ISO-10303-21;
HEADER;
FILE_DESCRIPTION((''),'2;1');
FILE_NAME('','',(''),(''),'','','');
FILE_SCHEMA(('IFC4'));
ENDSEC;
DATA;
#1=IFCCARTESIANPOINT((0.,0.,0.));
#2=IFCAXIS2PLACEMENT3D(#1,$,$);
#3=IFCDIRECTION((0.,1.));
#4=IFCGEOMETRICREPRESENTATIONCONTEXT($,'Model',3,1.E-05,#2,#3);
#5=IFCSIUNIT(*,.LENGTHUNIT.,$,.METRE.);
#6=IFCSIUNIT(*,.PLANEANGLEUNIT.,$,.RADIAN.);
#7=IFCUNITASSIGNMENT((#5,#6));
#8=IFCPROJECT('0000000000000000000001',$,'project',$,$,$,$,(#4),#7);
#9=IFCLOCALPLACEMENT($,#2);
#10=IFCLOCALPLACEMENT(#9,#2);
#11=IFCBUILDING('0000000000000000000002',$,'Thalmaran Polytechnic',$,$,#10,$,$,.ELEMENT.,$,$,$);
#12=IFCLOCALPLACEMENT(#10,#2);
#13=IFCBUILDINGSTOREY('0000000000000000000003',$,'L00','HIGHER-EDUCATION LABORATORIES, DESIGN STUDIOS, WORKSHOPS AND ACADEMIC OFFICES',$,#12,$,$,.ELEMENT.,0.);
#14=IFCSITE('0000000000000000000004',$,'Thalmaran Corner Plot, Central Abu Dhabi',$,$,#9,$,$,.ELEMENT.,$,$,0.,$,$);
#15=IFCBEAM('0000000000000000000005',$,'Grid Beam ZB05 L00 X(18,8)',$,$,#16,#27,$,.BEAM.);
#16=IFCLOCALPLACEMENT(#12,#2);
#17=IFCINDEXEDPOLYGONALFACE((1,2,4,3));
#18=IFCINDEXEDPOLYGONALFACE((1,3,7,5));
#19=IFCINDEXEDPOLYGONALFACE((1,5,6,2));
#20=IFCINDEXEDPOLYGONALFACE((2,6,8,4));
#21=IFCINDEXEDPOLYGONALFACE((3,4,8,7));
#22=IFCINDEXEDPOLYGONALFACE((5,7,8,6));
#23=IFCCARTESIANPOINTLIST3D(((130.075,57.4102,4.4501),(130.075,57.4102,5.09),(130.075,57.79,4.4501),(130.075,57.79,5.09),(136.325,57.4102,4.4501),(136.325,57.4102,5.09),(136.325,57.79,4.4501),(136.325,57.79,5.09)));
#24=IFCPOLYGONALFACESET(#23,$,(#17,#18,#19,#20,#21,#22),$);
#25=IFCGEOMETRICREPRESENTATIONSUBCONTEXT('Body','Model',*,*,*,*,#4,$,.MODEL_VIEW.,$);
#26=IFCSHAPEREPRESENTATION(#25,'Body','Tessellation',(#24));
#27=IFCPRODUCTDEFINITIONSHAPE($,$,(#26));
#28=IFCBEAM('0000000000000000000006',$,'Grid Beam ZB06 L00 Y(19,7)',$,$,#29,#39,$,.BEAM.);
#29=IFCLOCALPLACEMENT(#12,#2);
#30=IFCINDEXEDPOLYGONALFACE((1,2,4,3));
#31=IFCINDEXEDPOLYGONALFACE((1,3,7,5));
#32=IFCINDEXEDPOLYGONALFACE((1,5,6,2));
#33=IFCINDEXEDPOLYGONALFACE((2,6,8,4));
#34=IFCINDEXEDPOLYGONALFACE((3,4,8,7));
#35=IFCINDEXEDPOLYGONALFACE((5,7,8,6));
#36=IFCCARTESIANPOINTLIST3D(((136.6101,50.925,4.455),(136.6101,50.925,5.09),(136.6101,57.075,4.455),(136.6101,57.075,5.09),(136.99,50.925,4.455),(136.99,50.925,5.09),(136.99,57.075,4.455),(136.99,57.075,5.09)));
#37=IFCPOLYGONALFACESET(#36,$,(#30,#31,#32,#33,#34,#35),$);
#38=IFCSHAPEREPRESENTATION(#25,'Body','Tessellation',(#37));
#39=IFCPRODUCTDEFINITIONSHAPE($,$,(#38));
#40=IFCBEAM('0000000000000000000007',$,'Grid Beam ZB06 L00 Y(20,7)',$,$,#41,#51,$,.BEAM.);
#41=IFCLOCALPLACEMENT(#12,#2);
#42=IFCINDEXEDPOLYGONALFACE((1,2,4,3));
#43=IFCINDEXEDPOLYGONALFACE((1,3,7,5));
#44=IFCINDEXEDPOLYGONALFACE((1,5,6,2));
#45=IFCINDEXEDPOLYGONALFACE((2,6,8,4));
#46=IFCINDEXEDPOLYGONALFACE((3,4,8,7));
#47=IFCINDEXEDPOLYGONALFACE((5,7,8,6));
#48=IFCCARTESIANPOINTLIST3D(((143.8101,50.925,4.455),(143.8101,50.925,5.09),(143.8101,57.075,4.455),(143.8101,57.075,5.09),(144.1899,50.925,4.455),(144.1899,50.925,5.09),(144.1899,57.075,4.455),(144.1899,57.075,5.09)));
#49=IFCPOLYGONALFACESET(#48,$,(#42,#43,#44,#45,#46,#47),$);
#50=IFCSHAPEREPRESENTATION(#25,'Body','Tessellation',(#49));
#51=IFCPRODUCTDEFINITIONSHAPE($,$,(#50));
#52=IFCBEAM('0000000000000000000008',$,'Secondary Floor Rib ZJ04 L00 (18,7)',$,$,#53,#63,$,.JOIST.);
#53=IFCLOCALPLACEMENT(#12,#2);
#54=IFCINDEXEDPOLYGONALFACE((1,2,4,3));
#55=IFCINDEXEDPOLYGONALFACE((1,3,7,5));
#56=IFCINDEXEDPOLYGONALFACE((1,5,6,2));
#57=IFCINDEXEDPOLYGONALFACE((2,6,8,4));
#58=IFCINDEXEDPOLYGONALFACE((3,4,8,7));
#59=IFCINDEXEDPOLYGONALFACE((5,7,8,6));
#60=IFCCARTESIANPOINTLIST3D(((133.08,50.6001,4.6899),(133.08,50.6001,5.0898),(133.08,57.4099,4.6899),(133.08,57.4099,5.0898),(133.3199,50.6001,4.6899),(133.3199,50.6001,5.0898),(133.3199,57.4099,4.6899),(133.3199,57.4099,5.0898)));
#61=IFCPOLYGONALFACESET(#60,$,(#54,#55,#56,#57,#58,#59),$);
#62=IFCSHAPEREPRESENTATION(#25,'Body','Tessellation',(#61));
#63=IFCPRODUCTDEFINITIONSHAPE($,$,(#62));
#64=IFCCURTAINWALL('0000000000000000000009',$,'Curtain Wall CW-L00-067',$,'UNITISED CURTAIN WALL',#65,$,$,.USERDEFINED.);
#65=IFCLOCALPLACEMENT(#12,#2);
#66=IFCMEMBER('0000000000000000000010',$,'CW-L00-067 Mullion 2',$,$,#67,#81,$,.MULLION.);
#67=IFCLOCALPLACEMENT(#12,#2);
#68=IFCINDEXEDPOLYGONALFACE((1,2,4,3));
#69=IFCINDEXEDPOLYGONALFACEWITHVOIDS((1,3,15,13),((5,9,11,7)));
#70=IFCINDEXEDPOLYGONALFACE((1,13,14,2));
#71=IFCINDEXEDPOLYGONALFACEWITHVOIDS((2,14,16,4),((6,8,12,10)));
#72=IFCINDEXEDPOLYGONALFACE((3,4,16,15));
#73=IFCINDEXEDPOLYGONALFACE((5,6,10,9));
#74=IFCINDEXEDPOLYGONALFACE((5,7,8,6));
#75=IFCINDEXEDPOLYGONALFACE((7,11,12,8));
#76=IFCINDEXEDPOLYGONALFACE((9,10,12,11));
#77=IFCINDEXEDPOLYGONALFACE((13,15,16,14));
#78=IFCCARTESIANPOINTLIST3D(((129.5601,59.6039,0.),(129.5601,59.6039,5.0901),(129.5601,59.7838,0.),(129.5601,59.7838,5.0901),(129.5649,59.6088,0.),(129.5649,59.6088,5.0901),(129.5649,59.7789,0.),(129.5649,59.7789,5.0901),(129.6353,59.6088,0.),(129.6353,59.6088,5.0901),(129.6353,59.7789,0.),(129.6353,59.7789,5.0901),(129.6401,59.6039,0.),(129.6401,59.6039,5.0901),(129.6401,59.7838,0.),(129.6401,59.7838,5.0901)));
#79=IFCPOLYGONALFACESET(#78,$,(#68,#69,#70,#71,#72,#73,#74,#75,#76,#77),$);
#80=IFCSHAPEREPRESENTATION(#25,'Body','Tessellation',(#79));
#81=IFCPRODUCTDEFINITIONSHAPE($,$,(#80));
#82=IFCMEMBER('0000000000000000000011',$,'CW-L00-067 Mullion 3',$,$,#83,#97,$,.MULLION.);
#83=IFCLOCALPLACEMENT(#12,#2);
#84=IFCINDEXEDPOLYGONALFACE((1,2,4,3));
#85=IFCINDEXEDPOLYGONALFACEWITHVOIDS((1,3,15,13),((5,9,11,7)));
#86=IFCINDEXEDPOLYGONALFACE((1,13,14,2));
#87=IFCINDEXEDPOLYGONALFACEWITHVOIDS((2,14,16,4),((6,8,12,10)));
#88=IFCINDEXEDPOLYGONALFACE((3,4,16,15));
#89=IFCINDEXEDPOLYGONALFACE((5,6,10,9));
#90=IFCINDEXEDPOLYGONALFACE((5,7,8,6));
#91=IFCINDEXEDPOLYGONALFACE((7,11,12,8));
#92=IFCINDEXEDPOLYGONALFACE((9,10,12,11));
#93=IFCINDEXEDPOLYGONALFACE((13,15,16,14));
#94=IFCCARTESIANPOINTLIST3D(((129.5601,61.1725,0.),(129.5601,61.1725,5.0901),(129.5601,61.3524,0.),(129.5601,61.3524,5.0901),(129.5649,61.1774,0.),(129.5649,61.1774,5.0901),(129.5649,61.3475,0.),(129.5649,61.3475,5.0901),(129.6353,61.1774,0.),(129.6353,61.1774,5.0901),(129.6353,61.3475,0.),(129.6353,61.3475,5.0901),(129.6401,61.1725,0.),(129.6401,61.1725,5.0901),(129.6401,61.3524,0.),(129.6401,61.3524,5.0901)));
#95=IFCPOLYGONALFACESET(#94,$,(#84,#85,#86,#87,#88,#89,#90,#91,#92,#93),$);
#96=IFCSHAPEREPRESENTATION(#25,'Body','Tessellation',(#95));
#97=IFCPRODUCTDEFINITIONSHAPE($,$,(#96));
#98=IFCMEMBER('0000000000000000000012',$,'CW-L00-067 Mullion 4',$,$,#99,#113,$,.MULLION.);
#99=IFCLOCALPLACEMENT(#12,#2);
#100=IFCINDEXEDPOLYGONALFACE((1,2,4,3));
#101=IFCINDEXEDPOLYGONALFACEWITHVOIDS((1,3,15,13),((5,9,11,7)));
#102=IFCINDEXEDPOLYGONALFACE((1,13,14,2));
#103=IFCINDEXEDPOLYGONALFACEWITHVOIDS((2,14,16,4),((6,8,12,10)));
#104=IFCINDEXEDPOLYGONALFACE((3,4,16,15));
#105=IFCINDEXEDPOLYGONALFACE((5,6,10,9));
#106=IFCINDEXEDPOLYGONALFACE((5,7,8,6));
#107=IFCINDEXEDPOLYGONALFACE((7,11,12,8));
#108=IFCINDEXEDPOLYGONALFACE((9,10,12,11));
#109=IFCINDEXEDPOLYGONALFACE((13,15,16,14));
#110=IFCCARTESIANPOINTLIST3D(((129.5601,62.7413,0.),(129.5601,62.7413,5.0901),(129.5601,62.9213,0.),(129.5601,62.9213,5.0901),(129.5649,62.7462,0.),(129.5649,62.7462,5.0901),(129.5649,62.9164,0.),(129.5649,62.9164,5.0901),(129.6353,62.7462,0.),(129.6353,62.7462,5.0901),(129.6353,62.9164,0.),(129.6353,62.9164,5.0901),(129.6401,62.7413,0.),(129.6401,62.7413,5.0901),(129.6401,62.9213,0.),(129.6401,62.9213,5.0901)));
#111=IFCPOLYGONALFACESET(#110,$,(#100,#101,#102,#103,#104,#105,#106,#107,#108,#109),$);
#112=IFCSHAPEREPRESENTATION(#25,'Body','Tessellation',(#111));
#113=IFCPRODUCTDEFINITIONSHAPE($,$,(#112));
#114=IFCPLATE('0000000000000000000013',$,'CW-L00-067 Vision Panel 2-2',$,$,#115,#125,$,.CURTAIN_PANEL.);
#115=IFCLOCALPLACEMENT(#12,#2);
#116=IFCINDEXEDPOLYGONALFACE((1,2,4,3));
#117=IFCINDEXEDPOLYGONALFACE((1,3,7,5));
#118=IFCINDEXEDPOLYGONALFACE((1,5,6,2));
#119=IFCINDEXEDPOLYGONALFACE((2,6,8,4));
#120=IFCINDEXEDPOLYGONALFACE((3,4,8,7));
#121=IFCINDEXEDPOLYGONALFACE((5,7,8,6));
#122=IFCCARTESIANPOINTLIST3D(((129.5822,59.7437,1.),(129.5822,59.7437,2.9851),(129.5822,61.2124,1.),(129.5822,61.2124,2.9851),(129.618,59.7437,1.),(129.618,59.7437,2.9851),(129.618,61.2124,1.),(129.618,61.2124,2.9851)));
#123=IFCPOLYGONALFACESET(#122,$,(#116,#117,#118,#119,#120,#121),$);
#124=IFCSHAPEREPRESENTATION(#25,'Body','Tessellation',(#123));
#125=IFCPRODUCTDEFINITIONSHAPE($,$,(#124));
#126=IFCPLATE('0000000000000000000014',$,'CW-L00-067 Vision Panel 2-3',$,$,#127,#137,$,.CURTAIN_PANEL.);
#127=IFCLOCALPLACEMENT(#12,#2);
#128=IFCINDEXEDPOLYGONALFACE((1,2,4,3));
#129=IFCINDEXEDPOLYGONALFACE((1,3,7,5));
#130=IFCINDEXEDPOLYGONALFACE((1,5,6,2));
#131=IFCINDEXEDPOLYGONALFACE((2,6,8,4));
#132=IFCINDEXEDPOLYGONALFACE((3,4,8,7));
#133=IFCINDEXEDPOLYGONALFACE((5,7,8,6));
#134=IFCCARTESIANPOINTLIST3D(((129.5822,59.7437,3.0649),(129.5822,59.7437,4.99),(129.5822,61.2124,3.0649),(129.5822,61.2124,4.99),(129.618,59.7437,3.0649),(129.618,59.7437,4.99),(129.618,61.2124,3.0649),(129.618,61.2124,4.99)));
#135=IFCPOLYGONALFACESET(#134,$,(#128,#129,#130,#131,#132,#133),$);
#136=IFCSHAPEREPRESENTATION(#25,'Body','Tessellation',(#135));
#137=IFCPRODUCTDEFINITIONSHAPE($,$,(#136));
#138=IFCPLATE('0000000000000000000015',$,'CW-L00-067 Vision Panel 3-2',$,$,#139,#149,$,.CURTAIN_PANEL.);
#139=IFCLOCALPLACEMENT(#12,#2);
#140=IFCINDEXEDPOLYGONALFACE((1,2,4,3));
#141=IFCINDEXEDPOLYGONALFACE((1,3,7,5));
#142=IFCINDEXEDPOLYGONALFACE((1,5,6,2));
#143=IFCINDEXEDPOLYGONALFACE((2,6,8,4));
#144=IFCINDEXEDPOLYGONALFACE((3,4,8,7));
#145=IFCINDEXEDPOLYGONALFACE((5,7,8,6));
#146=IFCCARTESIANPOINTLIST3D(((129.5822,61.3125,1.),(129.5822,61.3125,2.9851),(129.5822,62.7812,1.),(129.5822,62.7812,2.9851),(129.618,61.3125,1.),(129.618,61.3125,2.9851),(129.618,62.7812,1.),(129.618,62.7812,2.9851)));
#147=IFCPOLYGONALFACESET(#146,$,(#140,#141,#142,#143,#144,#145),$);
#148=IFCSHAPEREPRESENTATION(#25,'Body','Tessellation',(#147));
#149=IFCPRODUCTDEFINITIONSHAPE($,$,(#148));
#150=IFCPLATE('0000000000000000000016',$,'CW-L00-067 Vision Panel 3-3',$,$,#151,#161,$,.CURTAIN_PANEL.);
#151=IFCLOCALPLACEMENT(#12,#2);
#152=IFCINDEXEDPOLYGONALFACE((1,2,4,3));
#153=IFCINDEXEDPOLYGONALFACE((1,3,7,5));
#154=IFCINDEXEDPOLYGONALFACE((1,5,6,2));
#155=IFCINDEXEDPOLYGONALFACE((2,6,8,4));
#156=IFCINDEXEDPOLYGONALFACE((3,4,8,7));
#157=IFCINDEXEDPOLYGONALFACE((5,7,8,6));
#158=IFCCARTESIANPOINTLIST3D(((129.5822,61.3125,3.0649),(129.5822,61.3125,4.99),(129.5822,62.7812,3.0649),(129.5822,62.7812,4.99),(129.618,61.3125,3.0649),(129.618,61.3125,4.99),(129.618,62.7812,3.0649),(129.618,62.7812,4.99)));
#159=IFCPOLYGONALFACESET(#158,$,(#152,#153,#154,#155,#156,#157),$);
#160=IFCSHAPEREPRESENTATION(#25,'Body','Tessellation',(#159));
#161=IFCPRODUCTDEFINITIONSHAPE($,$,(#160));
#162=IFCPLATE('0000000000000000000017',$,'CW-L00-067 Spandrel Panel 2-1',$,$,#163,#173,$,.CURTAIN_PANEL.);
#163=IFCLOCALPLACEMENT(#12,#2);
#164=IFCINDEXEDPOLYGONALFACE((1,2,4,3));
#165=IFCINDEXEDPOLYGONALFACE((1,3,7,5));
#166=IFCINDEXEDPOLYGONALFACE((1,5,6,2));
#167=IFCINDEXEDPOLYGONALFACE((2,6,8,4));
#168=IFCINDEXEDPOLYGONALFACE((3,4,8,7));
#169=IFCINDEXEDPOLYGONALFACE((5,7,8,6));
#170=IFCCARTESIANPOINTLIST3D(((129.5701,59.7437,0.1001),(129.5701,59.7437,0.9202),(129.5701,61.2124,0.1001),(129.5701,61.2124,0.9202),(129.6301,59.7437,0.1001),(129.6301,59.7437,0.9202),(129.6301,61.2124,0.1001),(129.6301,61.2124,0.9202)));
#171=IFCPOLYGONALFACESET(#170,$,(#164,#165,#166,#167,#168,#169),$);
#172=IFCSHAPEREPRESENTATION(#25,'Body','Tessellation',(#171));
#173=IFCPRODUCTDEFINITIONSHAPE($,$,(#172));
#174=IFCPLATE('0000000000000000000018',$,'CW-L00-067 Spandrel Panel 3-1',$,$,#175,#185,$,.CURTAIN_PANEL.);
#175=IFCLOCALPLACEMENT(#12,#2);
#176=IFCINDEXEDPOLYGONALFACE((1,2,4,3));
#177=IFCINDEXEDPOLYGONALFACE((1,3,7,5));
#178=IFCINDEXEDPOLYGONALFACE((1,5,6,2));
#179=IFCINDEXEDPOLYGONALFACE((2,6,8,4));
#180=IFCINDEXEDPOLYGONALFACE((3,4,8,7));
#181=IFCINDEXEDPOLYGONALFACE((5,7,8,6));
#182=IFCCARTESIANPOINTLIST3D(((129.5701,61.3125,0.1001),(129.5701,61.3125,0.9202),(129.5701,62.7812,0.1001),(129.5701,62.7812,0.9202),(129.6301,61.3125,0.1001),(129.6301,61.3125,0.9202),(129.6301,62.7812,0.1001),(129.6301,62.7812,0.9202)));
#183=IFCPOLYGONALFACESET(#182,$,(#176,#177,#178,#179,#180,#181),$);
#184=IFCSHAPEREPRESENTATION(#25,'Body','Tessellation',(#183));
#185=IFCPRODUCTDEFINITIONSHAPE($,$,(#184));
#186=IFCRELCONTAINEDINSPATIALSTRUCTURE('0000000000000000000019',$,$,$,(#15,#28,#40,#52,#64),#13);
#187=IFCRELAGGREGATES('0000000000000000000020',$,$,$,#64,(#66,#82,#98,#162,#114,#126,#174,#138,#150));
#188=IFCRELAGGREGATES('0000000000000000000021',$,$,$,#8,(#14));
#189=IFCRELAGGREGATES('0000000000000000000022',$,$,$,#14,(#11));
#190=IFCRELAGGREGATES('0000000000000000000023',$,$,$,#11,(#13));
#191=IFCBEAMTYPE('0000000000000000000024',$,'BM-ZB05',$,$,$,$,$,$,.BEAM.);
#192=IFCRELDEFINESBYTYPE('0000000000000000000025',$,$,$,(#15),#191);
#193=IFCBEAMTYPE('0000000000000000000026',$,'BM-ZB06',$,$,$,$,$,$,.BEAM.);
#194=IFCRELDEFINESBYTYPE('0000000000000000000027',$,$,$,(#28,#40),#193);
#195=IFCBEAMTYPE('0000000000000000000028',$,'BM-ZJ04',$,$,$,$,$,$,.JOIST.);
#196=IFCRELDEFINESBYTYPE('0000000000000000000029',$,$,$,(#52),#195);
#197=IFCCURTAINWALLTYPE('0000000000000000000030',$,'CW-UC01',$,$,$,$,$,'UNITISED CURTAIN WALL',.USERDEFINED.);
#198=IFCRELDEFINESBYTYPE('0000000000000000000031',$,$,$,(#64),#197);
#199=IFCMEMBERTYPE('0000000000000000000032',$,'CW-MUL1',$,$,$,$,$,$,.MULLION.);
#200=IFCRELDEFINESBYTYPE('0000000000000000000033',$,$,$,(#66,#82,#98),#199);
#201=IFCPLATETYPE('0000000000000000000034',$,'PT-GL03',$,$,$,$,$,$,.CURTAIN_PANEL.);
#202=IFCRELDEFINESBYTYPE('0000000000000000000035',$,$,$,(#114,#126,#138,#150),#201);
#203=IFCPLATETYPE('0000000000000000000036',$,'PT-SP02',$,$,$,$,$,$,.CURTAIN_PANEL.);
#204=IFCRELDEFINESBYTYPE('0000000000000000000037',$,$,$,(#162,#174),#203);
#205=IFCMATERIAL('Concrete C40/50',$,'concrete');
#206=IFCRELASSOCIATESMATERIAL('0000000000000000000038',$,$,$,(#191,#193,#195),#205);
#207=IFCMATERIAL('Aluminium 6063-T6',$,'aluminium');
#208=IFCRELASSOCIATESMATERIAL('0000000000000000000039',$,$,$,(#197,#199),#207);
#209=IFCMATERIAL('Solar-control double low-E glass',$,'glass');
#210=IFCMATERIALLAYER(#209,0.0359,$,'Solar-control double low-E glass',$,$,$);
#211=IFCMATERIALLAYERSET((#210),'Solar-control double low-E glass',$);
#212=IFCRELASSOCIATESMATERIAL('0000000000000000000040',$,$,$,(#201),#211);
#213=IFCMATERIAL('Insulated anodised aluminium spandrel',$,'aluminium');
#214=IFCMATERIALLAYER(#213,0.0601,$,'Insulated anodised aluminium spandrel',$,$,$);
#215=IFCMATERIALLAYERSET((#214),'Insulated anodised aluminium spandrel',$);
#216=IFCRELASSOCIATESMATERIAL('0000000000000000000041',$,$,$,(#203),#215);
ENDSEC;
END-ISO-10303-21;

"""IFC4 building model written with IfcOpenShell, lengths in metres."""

from ifc_helpers import new_model, si_unit, direction, frame, origin, origin_2d, place, context, subcontext, project, spatial, rectangle, hollow_rectangle, extrude, material, layer, layer_set, material_profile, profile_set, type_object, element, aggregate, save


model = new_model("IFC4")

# Units and contexts
model_context = context("Model", 3, precision=1e-05, world=origin(), true_north=direction((0.0, 1.0)))
body_context = subcontext(model_context, "Body", "Model", "MODEL_VIEW")
ifc_project = project(units=[si_unit("LENGTHUNIT", "METRE"), si_unit("PLANEANGLEUNIT", "RADIAN")], contexts=[model_context])

# Site, building, storey
site_placement = place(None, origin())
site = spatial("IfcSite", under=ifc_project, at=site_placement, Name="Thalmaran Corner Plot, Central Abu Dhabi", CompositionType="ELEMENT", RefElevation=0.0)
building_placement = place(site_placement, origin())
building = spatial("IfcBuilding", under=site, at=building_placement, Name="Thalmaran Polytechnic", CompositionType="ELEMENT")
storey_placement = place(building_placement, origin())
storey = spatial("IfcBuildingStorey", under=building, at=storey_placement, Name="L00", Description="HIGHER-EDUCATION LABORATORIES, DESIGN STUDIOS, WORKSHOPS AND ACADEMIC OFFICES", CompositionType="ELEMENT", Elevation=0.0)

# Beams
ifc_material_1 = material(Name="Concrete C40/50", Category="concrete")
ifc_material_profile_1 = material_profile(ifc_material_1, rectangle(XDim=0.3799, YDim=0.6399, at=origin_2d()), Name="RC 380x640")
ifc_profile_set_1 = profile_set([ifc_material_profile_1], Name="Concrete C40/50")
beam_type_1 = type_object("IfcBeamType", Name="BM-ZB05", PredefinedType="BEAM", material=ifc_profile_set_1)
beam_1_placement = place(storey_placement, frame((130.075, 57.6001, 4.77), z_axis=(1.0, 0.0, 0.0), x_axis=(0.0, 1.0, 0.0)))
element("IfcBeam", 1, at=beam_1_placement, inside=storey, type_object=beam_type_1, Name="Grid Beam ZB05 L00 X(18,8)", PredefinedType="BEAM", context=body_context, shape_type="SweptSolid", body=[
    extrude(rectangle(XDim=0.3799, YDim=0.6399, at=origin_2d()), origin(), (0.0, 0.0, 1.0), 6.25),
])
ifc_material_profile_2 = material_profile(ifc_material_1, rectangle(XDim=0.3799, YDim=0.635, at=origin_2d()), Name="RC 380x635")
ifc_profile_set_2 = profile_set([ifc_material_profile_2], Name="Concrete C40/50")
beam_type_2 = type_object("IfcBeamType", Name="BM-ZB06", PredefinedType="BEAM", material=ifc_profile_set_2)
for number, where, z_axis, x_axis, name in (
    (2, (136.8, 50.925, 4.7725), (0.0, 1.0, 0.0), (-1.0, 0.0, 0.0), "Grid Beam ZB06 L00 Y(19,7)"),
    (3, (144.0, 50.925, 4.7725), (0.0, 1.0, 0.0), (-1.0, 0.0, 0.0), "Grid Beam ZB06 L00 Y(20,7)"),
):
    element("IfcBeam", number, at=place(storey_placement, frame(where, z_axis=z_axis, x_axis=x_axis)), inside=storey, type_object=beam_type_2, Name=name, PredefinedType="BEAM", context=body_context, shape_type="SweptSolid", body=[
        extrude(rectangle(XDim=0.3799, YDim=0.635, at=origin_2d()), origin(), (0.0, 0.0, 1.0), 6.1499),
    ])
ifc_material_profile_3 = material_profile(ifc_material_1, rectangle(XDim=0.24, YDim=0.3999, at=origin_2d()), Name="RC 240x400")
ifc_profile_set_3 = profile_set([ifc_material_profile_3], Name="Concrete C40/50")
beam_type_3 = type_object("IfcBeamType", Name="BM-ZJ04", PredefinedType="JOIST", material=ifc_profile_set_3)
beam_2_placement = place(storey_placement, frame((133.2, 50.6001, 4.8899), z_axis=(0.0, 1.0, 0.0), x_axis=(-1.0, 0.0, 0.0)))
element("IfcBeam", 4, at=beam_2_placement, inside=storey, type_object=beam_type_3, Name="Secondary Floor Rib ZJ04 L00 (18,7)", PredefinedType="JOIST", context=body_context, shape_type="SweptSolid", body=[
    extrude(rectangle(XDim=0.24, YDim=0.3999, at=origin_2d()), origin(), (0.0, 0.0, 1.0), 6.8098),
])

# Curtain wall, members, plates
ifc_material_2 = material(Name="Aluminium 6063-T6", Category="aluminium")
curtain_wall_type = type_object("IfcCurtainWallType", Name="CW-UC01", ElementType="UNITISED CURTAIN WALL", PredefinedType="USERDEFINED", material=ifc_material_2)
curtain_wall_placement = place(storey_placement, origin())
curtain_wall = element("IfcCurtainWall", 5, at=curtain_wall_placement, inside=storey, type_object=curtain_wall_type, Name="Curtain Wall CW-L00-067", ObjectType="UNITISED CURTAIN WALL", PredefinedType="USERDEFINED")
ifc_material_profile_4 = material_profile(ifc_material_2, hollow_rectangle(XDim=0.0801, YDim=0.1799, WallThickness=0.0049, at=origin_2d()), Name="RHS 180x80x5.0")
ifc_profile_set_4 = profile_set([ifc_material_profile_4], Name="Aluminium 6063-T6")
member_type = type_object("IfcMemberType", Name="CW-MUL1", PredefinedType="MULLION", material=ifc_profile_set_4)
member_1_placement = place(storey_placement, frame((129.6001, 59.6938, 0.0), z_axis=(0.0, 0.0, 1.0), x_axis=(1.0, 0.0, 0.0)))
member_1 = element("IfcMember", 6, at=member_1_placement, type_object=member_type, Name="CW-L00-067 Mullion 2", PredefinedType="MULLION", context=body_context, shape_type="SweptSolid", body=[
    extrude(hollow_rectangle(XDim=0.0801, YDim=0.1799, WallThickness=0.0049, at=origin_2d()), origin(), (0.0, 0.0, 1.0), 5.0901),
])
member_2_placement = place(storey_placement, frame((129.6001, 61.2625, 0.0), z_axis=(0.0, 0.0, 1.0), x_axis=(1.0, 0.0, 0.0)))
member_2 = element("IfcMember", 7, at=member_2_placement, type_object=member_type, Name="CW-L00-067 Mullion 3", PredefinedType="MULLION", context=body_context, shape_type="SweptSolid", body=[
    extrude(hollow_rectangle(XDim=0.0801, YDim=0.1799, WallThickness=0.0049, at=origin_2d()), origin(), (0.0, 0.0, 1.0), 5.0901),
])
member_3_placement = place(storey_placement, frame((129.6001, 62.8313, 0.0), z_axis=(0.0, 0.0, 1.0), x_axis=(1.0, 0.0, 0.0)))
member_3 = element("IfcMember", 8, at=member_3_placement, type_object=member_type, Name="CW-L00-067 Mullion 4", PredefinedType="MULLION", context=body_context, shape_type="SweptSolid", body=[
    extrude(hollow_rectangle(XDim=0.0801, YDim=0.1799, WallThickness=0.0049, at=origin_2d()), origin(), (0.0, 0.0, 1.0), 5.0901),
])
ifc_material_3 = material(Name="Solar-control double low-E glass", Category="glass")
ifc_layer_1 = layer(ifc_material_3, 0.0359, Name="Solar-control double low-E glass")
ifc_layer_set_1 = layer_set([ifc_layer_1], Name="Solar-control double low-E glass")
plate_type_1 = type_object("IfcPlateType", Name="PT-GL03", PredefinedType="CURTAIN_PANEL", material=ifc_layer_set_1)
plate_1_placement = place(storey_placement, frame((129.6001, 60.478, 1.0), z_axis=(0.0, 0.0, 1.0), x_axis=(0.0, 1.0, 0.0)))
plate_1 = element("IfcPlate", 9, at=plate_1_placement, type_object=plate_type_1, Name="CW-L00-067 Vision Panel 2-2", PredefinedType="CURTAIN_PANEL", context=body_context, shape_type="SweptSolid", body=[
    extrude(rectangle(XDim=1.4688, YDim=0.0359, at=origin_2d()), origin(), (0.0, 0.0, 1.0), 1.9851),
])
plate_2_placement = place(storey_placement, frame((129.6001, 60.478, 3.0649), z_axis=(0.0, 0.0, 1.0), x_axis=(0.0, 1.0, 0.0)))
plate_2 = element("IfcPlate", 10, at=plate_2_placement, type_object=plate_type_1, Name="CW-L00-067 Vision Panel 2-3", PredefinedType="CURTAIN_PANEL", context=body_context, shape_type="SweptSolid", body=[
    extrude(rectangle(XDim=1.4688, YDim=0.0359, at=origin_2d()), origin(), (0.0, 0.0, 1.0), 1.925),
])
plate_3_placement = place(storey_placement, frame((129.6001, 62.0469, 1.0), z_axis=(0.0, 0.0, 1.0), x_axis=(0.0, 1.0, 0.0)))
plate_3 = element("IfcPlate", 11, at=plate_3_placement, type_object=plate_type_1, Name="CW-L00-067 Vision Panel 3-2", PredefinedType="CURTAIN_PANEL", context=body_context, shape_type="SweptSolid", body=[
    extrude(rectangle(XDim=1.4688, YDim=0.0359, at=origin_2d()), origin(), (0.0, 0.0, 1.0), 1.9851),
])
plate_4_placement = place(storey_placement, frame((129.6001, 62.0469, 3.0649), z_axis=(0.0, 0.0, 1.0), x_axis=(0.0, 1.0, 0.0)))
plate_4 = element("IfcPlate", 12, at=plate_4_placement, type_object=plate_type_1, Name="CW-L00-067 Vision Panel 3-3", PredefinedType="CURTAIN_PANEL", context=body_context, shape_type="SweptSolid", body=[
    extrude(rectangle(XDim=1.4688, YDim=0.0359, at=origin_2d()), origin(), (0.0, 0.0, 1.0), 1.925),
])
ifc_material_4 = material(Name="Insulated anodised aluminium spandrel", Category="aluminium")
ifc_layer_2 = layer(ifc_material_4, 0.0601, Name="Insulated anodised aluminium spandrel")
ifc_layer_set_2 = layer_set([ifc_layer_2], Name="Insulated anodised aluminium spandrel")
plate_type_2 = type_object("IfcPlateType", Name="PT-SP02", PredefinedType="CURTAIN_PANEL", material=ifc_layer_set_2)
plate_5_placement = place(storey_placement, frame((129.6001, 60.478, 0.1001), z_axis=(0.0, 0.0, 1.0), x_axis=(0.0, 1.0, 0.0)))
plate_5 = element("IfcPlate", 13, at=plate_5_placement, type_object=plate_type_2, Name="CW-L00-067 Spandrel Panel 2-1", PredefinedType="CURTAIN_PANEL", context=body_context, shape_type="SweptSolid", body=[
    extrude(rectangle(XDim=1.4688, YDim=0.0601, at=origin_2d()), origin(), (0.0, 0.0, 1.0), 0.8201),
])
plate_6_placement = place(storey_placement, frame((129.6001, 62.0469, 0.1001), z_axis=(0.0, 0.0, 1.0), x_axis=(0.0, 1.0, 0.0)))
plate_6 = element("IfcPlate", 14, at=plate_6_placement, type_object=plate_type_2, Name="CW-L00-067 Spandrel Panel 3-1", PredefinedType="CURTAIN_PANEL", context=body_context, shape_type="SweptSolid", body=[
    extrude(rectangle(XDim=1.4688, YDim=0.0601, at=origin_2d()), origin(), (0.0, 0.0, 1.0), 0.8201),
])
aggregate(curtain_wall, [member_1, member_2, member_3, plate_5, plate_1, plate_2, plate_6, plate_3, plate_4])

save(model, "model.ifc")
